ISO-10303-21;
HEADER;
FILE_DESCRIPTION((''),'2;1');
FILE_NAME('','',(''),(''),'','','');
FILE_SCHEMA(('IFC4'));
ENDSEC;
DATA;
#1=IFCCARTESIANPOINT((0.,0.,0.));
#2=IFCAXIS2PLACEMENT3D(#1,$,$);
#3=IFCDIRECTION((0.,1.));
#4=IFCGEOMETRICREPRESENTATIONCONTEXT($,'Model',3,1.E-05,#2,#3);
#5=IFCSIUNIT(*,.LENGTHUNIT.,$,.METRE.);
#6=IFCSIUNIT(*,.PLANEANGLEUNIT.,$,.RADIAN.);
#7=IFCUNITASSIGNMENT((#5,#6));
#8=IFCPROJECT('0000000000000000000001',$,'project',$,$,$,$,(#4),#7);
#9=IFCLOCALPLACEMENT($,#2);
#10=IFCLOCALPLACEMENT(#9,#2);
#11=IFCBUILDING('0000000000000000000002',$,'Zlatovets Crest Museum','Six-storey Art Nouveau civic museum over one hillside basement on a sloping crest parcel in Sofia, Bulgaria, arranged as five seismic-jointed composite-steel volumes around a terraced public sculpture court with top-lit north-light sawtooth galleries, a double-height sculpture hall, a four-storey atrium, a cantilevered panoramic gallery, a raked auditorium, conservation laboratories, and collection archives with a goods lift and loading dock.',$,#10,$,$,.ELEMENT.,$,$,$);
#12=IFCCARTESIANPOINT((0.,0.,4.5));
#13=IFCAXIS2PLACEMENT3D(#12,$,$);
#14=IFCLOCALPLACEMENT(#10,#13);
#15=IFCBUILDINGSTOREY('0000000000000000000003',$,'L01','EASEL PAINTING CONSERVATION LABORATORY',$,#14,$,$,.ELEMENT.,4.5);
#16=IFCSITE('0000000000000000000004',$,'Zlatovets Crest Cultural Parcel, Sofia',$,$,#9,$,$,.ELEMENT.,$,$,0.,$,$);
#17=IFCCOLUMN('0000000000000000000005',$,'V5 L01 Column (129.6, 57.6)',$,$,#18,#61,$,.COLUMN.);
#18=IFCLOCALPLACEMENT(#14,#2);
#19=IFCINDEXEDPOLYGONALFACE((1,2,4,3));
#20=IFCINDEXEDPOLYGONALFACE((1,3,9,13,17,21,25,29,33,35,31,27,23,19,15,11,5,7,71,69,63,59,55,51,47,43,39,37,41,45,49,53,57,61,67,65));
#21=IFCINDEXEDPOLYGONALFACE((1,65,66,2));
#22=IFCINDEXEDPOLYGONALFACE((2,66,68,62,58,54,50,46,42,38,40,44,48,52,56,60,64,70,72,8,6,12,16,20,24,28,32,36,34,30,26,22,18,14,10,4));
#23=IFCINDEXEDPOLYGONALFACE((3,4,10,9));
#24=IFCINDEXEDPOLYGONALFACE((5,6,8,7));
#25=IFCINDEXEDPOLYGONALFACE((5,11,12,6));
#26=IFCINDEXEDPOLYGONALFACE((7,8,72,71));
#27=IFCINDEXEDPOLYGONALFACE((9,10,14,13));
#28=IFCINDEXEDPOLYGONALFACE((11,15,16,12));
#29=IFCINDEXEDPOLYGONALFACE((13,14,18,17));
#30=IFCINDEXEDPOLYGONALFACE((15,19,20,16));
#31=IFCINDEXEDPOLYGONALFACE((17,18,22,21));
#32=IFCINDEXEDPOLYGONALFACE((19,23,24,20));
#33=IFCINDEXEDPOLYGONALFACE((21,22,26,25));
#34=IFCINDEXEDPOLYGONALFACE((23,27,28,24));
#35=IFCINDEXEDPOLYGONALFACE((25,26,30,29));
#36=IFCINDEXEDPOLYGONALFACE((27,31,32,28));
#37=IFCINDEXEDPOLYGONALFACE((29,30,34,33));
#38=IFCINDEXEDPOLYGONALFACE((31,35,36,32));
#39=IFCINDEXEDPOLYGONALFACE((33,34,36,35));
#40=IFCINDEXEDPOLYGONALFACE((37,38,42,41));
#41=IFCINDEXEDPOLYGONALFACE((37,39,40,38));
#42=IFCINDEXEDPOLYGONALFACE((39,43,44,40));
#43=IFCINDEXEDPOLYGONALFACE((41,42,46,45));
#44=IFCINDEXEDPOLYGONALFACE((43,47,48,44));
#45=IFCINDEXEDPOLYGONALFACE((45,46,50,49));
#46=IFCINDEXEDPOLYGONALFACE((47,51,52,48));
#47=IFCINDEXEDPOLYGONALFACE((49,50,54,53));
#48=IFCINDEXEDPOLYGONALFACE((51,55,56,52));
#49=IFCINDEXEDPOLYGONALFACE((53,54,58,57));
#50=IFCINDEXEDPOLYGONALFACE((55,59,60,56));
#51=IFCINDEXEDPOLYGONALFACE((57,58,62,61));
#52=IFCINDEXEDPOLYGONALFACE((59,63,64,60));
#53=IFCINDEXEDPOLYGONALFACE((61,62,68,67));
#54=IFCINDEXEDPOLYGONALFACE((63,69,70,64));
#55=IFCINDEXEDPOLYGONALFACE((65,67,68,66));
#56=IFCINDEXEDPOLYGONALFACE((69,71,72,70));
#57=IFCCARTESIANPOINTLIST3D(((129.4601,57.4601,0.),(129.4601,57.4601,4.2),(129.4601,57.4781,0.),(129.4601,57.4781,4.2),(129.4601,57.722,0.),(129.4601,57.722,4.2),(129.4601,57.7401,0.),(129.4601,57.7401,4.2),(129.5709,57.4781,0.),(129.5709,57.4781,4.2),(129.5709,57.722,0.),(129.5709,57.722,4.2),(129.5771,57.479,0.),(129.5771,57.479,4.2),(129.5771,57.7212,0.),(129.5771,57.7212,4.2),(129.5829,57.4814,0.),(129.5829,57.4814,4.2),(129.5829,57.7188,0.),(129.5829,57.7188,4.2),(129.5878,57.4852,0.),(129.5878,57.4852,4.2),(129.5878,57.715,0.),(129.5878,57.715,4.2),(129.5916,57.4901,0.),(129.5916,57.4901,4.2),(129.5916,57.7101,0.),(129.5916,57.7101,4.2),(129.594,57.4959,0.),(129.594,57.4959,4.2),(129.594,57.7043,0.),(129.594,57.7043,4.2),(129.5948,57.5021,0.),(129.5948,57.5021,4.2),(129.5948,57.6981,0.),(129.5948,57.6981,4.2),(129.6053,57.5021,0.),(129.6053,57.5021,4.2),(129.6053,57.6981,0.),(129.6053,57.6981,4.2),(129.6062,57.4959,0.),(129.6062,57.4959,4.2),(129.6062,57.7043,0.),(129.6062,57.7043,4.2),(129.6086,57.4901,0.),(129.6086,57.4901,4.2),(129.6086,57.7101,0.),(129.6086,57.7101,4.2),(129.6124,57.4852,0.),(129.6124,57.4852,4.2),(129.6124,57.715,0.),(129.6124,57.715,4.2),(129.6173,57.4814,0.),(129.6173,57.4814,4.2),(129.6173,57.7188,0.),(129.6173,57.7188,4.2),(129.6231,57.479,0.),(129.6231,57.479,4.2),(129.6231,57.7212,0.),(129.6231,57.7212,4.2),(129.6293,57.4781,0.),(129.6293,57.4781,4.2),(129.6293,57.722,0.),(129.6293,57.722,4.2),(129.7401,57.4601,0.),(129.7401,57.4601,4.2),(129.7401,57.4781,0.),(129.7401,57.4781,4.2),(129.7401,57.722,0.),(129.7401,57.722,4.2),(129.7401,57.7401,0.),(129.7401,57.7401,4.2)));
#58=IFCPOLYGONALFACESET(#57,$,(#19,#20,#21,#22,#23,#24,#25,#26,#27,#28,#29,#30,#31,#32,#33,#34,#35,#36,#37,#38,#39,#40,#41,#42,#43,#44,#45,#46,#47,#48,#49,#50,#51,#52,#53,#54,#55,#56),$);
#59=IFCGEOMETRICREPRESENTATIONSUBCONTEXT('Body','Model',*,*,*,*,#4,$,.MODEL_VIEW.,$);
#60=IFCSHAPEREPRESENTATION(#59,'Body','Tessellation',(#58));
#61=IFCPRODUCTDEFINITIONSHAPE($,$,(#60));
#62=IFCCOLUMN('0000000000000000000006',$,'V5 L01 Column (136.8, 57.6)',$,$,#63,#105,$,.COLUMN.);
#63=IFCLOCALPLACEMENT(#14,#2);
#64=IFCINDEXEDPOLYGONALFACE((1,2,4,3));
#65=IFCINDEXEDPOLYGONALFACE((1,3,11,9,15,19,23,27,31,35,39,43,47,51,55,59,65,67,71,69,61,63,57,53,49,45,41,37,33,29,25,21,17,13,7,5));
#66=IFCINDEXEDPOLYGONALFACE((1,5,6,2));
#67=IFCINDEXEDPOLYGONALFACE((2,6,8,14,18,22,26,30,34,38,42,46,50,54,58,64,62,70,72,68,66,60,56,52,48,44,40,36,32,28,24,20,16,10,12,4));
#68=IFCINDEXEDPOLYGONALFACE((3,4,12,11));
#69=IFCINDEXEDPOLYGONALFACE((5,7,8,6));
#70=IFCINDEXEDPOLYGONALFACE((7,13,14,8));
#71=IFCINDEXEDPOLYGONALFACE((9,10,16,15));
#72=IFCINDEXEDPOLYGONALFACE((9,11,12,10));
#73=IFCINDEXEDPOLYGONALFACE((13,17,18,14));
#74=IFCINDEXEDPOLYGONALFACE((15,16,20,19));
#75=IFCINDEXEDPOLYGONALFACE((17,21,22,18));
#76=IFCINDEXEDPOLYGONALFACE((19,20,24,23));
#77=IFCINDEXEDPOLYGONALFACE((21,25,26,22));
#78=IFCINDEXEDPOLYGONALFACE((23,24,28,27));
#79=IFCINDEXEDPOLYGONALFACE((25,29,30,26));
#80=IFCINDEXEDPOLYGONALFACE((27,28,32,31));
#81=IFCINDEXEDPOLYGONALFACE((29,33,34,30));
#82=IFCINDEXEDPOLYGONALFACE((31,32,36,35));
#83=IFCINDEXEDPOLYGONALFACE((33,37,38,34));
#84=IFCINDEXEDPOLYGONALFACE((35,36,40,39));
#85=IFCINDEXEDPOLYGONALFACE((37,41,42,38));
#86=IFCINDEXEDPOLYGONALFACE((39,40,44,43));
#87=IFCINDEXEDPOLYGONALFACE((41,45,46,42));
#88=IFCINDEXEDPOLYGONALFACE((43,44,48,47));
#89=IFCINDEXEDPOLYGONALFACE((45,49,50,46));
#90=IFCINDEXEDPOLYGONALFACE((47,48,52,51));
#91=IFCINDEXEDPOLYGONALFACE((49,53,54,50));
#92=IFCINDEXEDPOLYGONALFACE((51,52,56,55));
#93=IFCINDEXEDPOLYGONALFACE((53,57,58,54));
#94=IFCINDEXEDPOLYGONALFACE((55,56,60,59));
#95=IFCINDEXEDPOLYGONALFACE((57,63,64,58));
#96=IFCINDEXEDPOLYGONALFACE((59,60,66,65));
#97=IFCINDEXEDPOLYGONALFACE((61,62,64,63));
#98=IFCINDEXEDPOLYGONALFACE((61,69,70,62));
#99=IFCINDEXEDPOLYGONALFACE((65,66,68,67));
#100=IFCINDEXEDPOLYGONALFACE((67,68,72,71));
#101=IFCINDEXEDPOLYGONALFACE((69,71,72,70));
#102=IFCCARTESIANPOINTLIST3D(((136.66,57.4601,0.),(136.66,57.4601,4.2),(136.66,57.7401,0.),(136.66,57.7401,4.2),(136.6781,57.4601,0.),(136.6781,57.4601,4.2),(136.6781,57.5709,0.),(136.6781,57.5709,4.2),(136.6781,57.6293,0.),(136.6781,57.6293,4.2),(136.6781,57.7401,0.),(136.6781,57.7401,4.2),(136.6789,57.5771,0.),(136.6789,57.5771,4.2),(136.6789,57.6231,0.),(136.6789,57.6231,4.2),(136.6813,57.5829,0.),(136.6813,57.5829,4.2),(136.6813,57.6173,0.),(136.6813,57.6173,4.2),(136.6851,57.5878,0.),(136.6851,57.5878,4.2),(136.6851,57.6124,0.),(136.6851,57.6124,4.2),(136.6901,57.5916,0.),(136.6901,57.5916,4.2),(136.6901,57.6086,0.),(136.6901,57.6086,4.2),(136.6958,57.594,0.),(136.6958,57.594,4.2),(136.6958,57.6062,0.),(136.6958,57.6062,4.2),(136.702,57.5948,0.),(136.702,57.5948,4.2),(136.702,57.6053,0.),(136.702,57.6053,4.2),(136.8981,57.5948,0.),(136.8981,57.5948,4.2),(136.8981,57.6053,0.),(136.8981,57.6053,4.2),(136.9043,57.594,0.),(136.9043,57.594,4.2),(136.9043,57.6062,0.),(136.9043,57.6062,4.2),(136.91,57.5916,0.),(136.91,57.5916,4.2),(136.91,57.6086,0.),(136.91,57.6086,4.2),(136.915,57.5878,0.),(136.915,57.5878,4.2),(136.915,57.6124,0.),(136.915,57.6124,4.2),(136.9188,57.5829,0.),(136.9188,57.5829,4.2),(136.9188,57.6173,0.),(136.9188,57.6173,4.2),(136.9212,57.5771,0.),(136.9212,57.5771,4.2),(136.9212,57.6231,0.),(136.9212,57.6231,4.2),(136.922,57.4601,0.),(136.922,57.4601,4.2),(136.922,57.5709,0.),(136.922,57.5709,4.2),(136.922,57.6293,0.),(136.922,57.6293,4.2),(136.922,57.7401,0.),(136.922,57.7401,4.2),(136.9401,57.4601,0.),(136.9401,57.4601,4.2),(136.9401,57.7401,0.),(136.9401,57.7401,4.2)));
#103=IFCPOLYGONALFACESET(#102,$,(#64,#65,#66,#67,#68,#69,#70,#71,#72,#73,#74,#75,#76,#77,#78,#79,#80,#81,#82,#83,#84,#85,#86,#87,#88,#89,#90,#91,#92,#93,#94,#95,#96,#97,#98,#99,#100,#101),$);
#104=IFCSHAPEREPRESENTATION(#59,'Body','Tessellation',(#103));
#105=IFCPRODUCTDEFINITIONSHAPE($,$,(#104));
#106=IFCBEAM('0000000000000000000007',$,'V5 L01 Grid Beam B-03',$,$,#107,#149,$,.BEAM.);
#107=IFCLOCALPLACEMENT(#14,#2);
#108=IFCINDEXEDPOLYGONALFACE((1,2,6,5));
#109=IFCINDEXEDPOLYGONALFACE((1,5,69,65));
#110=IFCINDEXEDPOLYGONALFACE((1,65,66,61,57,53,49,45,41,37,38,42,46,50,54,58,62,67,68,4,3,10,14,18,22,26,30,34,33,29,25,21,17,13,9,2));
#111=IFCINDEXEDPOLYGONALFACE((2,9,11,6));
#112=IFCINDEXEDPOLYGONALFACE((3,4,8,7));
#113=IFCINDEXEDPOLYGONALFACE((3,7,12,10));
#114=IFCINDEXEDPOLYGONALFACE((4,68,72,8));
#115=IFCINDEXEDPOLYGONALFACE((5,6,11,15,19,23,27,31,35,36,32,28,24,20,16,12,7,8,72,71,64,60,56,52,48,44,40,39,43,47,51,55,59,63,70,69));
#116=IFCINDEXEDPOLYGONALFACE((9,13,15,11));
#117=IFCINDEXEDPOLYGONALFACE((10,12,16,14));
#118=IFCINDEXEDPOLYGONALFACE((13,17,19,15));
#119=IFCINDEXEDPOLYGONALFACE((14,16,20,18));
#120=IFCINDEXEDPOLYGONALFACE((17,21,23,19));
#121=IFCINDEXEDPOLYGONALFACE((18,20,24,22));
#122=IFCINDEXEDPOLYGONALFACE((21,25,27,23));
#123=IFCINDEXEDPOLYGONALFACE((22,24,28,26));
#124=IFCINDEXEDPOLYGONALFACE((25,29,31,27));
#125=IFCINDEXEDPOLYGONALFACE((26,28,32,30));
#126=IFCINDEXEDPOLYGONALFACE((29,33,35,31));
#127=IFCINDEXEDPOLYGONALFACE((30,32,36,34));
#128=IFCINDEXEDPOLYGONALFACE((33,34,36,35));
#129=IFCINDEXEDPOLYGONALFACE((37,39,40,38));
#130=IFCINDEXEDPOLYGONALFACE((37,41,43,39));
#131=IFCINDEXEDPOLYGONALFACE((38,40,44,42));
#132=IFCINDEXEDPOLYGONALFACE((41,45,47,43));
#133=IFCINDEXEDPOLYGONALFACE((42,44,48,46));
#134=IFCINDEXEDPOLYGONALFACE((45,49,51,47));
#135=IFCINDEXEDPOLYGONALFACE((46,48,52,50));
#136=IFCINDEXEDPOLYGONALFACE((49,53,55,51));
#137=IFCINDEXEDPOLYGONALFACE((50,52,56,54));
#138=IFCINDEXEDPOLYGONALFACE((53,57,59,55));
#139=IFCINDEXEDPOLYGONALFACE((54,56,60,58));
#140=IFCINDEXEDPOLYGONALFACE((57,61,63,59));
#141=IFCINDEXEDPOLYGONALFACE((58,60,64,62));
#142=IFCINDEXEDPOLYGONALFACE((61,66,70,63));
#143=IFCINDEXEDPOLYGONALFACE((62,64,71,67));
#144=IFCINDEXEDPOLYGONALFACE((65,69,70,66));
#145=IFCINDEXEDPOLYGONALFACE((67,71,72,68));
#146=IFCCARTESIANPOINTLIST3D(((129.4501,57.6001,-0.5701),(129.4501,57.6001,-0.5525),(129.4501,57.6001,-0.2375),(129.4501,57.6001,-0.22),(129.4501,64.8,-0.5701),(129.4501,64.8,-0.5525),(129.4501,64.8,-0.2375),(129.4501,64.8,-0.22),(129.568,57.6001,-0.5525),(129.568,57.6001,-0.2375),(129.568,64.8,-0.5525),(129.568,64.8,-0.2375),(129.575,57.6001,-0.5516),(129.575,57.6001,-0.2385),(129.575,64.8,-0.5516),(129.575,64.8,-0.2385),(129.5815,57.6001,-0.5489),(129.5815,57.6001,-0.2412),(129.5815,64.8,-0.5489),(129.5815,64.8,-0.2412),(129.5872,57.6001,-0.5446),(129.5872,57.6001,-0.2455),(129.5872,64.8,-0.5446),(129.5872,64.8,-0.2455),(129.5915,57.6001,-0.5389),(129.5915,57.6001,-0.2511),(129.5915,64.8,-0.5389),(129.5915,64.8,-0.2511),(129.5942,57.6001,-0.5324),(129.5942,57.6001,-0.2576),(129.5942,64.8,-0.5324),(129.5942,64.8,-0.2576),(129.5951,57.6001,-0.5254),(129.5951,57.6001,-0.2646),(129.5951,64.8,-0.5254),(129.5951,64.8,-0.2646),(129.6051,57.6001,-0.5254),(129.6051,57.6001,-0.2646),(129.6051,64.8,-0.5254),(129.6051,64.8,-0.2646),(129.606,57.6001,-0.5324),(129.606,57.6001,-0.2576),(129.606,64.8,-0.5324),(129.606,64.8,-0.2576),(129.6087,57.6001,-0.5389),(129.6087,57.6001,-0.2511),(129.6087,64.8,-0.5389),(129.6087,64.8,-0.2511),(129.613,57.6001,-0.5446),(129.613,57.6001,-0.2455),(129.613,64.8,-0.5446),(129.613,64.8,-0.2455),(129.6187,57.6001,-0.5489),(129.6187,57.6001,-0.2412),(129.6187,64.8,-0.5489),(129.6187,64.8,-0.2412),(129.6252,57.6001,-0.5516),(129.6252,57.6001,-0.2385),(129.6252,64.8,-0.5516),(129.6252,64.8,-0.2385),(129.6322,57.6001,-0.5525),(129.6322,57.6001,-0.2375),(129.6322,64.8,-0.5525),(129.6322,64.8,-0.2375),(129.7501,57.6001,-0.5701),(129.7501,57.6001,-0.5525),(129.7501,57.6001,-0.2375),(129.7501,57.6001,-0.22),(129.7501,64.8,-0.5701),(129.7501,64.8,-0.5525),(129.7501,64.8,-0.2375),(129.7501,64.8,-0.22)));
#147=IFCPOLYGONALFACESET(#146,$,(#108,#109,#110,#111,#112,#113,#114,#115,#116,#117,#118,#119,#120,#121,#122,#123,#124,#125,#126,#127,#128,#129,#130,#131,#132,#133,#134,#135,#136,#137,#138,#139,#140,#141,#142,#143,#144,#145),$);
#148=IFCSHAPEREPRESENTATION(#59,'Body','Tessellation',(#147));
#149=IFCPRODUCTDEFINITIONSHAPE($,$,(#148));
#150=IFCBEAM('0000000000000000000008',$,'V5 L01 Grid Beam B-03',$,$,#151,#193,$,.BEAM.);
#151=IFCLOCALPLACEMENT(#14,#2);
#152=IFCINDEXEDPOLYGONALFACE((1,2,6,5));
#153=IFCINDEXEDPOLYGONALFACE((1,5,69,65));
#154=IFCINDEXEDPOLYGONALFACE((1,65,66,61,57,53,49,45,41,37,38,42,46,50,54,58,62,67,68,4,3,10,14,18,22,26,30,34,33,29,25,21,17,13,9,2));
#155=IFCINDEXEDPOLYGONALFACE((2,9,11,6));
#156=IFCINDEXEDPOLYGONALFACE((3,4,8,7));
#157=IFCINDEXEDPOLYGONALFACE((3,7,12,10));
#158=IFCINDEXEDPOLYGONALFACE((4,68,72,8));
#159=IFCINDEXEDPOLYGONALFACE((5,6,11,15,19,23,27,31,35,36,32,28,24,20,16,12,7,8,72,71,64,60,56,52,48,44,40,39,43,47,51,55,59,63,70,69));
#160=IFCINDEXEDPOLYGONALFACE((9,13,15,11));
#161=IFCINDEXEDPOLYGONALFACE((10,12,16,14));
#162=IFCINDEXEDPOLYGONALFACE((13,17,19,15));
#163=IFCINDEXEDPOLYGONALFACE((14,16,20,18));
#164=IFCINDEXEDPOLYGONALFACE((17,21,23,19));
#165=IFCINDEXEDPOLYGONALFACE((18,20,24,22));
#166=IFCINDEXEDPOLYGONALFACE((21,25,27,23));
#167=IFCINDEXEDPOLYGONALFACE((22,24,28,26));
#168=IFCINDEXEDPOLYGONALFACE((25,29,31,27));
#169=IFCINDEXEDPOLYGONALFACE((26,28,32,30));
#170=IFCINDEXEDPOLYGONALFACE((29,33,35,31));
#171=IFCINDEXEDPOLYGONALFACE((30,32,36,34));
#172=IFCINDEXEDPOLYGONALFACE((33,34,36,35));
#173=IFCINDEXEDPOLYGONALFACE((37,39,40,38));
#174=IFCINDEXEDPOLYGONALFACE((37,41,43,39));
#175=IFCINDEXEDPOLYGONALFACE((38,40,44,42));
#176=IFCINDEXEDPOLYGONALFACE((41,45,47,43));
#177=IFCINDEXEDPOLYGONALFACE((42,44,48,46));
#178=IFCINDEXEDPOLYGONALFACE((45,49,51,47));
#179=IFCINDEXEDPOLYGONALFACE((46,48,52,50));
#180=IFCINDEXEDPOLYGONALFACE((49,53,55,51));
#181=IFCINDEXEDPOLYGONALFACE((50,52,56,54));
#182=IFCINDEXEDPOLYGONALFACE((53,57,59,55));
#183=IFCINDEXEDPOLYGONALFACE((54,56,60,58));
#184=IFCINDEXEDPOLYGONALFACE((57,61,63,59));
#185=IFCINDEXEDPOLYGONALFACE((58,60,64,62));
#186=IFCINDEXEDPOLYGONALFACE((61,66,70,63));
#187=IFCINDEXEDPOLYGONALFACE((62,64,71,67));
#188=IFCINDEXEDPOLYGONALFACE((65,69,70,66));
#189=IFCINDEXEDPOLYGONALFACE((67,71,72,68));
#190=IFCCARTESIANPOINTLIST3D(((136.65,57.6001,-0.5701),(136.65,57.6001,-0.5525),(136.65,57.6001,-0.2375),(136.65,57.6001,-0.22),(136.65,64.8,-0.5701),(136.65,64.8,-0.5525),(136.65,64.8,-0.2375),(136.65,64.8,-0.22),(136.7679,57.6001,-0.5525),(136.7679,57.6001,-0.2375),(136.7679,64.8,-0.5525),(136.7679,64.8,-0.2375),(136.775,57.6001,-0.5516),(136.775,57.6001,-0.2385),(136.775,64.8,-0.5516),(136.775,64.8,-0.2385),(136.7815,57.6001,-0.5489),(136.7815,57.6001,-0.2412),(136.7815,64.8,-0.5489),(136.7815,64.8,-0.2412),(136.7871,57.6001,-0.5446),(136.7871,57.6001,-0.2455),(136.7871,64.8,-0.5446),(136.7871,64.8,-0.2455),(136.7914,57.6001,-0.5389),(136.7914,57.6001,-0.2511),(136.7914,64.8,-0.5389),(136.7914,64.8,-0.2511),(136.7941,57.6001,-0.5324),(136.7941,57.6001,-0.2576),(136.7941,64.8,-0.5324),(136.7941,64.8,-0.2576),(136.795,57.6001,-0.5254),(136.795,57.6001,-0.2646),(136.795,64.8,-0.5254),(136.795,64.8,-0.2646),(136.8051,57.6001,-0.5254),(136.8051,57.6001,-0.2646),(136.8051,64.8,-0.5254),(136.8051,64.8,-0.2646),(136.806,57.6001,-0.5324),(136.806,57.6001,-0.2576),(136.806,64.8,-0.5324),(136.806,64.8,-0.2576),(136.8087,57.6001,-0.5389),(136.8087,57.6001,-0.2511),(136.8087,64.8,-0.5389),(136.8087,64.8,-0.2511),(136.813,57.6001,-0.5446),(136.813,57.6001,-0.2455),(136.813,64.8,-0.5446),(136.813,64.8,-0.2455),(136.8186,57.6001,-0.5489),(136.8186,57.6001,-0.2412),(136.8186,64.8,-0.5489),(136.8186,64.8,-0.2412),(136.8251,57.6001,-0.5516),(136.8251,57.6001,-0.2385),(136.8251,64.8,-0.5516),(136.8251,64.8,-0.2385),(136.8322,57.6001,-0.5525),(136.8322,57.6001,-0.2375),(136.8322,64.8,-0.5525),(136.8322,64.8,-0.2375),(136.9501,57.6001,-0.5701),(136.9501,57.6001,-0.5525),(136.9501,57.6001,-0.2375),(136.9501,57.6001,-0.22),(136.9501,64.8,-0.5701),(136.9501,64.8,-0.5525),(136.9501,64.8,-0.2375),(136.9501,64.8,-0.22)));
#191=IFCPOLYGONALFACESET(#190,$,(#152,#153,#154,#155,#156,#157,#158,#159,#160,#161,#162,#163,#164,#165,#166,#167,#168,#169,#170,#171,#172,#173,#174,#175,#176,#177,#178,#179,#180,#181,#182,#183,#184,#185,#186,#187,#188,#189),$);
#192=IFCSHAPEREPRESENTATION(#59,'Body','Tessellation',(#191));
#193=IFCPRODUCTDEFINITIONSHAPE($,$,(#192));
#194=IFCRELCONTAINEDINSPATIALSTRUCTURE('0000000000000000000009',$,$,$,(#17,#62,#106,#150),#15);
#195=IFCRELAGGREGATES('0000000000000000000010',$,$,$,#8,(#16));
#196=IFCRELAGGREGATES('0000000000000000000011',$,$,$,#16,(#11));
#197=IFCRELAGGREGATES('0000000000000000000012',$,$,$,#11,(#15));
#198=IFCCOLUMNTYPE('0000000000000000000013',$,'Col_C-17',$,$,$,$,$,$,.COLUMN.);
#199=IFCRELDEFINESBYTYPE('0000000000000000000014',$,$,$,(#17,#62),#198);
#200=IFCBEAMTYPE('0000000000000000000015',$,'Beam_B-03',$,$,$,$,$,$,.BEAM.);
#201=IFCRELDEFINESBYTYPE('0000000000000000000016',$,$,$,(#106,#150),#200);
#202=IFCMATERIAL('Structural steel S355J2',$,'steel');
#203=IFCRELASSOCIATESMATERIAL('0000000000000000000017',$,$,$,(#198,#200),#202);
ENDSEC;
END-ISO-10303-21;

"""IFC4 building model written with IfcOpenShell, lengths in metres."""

from ifc_helpers import new_model, si_unit, direction, frame, origin, origin_2d, place, context, subcontext, project, spatial, i_section, extrude, material, material_profile, profile_set, type_object, element, save


model = new_model("IFC4")

# Units and contexts
model_context = context("Model", 3, precision=1e-05, world=origin(), true_north=direction((0.0, 1.0)))
body_context = subcontext(model_context, "Body", "Model", "MODEL_VIEW")
ifc_project = project(units=[si_unit("LENGTHUNIT", "METRE"), si_unit("PLANEANGLEUNIT", "RADIAN")], contexts=[model_context])

# Site, building, storey
site_placement = place(None, origin())
site = spatial("IfcSite", under=ifc_project, at=site_placement, Name="Zlatovets Crest Cultural Parcel, Sofia", CompositionType="ELEMENT", RefElevation=0.0)
building_placement = place(site_placement, origin())
building = spatial("IfcBuilding", under=site, at=building_placement, Name="Zlatovets Crest Museum", Description="Six-storey Art Nouveau civic museum over one hillside basement on a sloping crest parcel in Sofia, Bulgaria, arranged as five seismic-jointed composite-steel volumes around a terraced public sculpture court with top-lit north-light sawtooth galleries, a double-height sculpture hall, a four-storey atrium, a cantilevered panoramic gallery, a raked auditorium, conservation laboratories, and collection archives with a goods lift and loading dock.", CompositionType="ELEMENT")
storey_placement = place(building_placement, frame((0.0, 0.0, 4.5)))
storey = spatial("IfcBuildingStorey", under=building, at=storey_placement, Name="L01", Description="EASEL PAINTING CONSERVATION LABORATORY", CompositionType="ELEMENT", Elevation=4.5)

# Columns
ifc_material_1 = material(Name="Structural steel S355J2", Category="steel")
ifc_material_profile_1 = material_profile(ifc_material_1, i_section(OverallWidth=0.28, OverallDepth=0.28, WebThickness=0.0105, FlangeThickness=0.0181, FilletRadius=0.0239, at=origin_2d()), Name="HEB 280")
ifc_profile_set_1 = profile_set([ifc_material_profile_1], Name="Structural steel S355J2")
column_type = type_object("IfcColumnType", Name="Col_C-17", PredefinedType="COLUMN", material=ifc_profile_set_1)
for number, where, z_axis, x_axis, name in (
    (1, (129.6001, 57.6001, 0.0), (0.0, 0.0, 1.0), (1.0, 0.0, 0.0), "V5 L01 Column (129.6, 57.6)"),
    (2, (136.8, 57.6001, 0.0), (0.0, 0.0, 1.0), (0.0, 1.0, 0.0), "V5 L01 Column (136.8, 57.6)"),
):
    element("IfcColumn", number, at=place(storey_placement, frame(where, z_axis=z_axis, x_axis=x_axis)), inside=storey, type_object=column_type, Name=name, PredefinedType="COLUMN", context=body_context, shape_type="SweptSolid", body=[
        extrude(i_section(OverallWidth=0.28, OverallDepth=0.28, WebThickness=0.0105, FlangeThickness=0.0181, FilletRadius=0.0239, at=origin_2d()), origin(), (0.0, 0.0, 1.0), 4.2),
    ])

# Beams
ifc_material_profile_2 = material_profile(ifc_material_1, i_section(OverallWidth=0.3, OverallDepth=0.3501, WebThickness=0.01, FlangeThickness=0.0176, FilletRadius=0.0271, at=origin_2d()), Name="HEA 360")
ifc_profile_set_2 = profile_set([ifc_material_profile_2], Name="Structural steel S355J2")
beam_type_1 = type_object("IfcBeamType", Name="Beam_B-03", PredefinedType="BEAM", material=ifc_profile_set_2)
for number, where, z_axis, x_axis, name in (
    (3, (129.6001, 57.6001, -0.395), (0.0, 1.0, 0.0), (-1.0, 0.0, 0.0), "V5 L01 Grid Beam B-03"),
    (4, (136.8, 57.6001, -0.395), (0.0, 1.0, 0.0), (-1.0, 0.0, 0.0), "V5 L01 Grid Beam B-03"),
):
    element("IfcBeam", number, at=place(storey_placement, frame(where, z_axis=z_axis, x_axis=x_axis)), inside=storey, type_object=beam_type_1, Name=name, PredefinedType="BEAM", context=body_context, shape_type="SweptSolid", body=[
        extrude(i_section(OverallWidth=0.3, OverallDepth=0.3501, WebThickness=0.01, FlangeThickness=0.0176, FilletRadius=0.0271, at=origin_2d()), origin(), (0.0, 0.0, 1.0), 7.2),
    ])

save(model, "model.ifc")
